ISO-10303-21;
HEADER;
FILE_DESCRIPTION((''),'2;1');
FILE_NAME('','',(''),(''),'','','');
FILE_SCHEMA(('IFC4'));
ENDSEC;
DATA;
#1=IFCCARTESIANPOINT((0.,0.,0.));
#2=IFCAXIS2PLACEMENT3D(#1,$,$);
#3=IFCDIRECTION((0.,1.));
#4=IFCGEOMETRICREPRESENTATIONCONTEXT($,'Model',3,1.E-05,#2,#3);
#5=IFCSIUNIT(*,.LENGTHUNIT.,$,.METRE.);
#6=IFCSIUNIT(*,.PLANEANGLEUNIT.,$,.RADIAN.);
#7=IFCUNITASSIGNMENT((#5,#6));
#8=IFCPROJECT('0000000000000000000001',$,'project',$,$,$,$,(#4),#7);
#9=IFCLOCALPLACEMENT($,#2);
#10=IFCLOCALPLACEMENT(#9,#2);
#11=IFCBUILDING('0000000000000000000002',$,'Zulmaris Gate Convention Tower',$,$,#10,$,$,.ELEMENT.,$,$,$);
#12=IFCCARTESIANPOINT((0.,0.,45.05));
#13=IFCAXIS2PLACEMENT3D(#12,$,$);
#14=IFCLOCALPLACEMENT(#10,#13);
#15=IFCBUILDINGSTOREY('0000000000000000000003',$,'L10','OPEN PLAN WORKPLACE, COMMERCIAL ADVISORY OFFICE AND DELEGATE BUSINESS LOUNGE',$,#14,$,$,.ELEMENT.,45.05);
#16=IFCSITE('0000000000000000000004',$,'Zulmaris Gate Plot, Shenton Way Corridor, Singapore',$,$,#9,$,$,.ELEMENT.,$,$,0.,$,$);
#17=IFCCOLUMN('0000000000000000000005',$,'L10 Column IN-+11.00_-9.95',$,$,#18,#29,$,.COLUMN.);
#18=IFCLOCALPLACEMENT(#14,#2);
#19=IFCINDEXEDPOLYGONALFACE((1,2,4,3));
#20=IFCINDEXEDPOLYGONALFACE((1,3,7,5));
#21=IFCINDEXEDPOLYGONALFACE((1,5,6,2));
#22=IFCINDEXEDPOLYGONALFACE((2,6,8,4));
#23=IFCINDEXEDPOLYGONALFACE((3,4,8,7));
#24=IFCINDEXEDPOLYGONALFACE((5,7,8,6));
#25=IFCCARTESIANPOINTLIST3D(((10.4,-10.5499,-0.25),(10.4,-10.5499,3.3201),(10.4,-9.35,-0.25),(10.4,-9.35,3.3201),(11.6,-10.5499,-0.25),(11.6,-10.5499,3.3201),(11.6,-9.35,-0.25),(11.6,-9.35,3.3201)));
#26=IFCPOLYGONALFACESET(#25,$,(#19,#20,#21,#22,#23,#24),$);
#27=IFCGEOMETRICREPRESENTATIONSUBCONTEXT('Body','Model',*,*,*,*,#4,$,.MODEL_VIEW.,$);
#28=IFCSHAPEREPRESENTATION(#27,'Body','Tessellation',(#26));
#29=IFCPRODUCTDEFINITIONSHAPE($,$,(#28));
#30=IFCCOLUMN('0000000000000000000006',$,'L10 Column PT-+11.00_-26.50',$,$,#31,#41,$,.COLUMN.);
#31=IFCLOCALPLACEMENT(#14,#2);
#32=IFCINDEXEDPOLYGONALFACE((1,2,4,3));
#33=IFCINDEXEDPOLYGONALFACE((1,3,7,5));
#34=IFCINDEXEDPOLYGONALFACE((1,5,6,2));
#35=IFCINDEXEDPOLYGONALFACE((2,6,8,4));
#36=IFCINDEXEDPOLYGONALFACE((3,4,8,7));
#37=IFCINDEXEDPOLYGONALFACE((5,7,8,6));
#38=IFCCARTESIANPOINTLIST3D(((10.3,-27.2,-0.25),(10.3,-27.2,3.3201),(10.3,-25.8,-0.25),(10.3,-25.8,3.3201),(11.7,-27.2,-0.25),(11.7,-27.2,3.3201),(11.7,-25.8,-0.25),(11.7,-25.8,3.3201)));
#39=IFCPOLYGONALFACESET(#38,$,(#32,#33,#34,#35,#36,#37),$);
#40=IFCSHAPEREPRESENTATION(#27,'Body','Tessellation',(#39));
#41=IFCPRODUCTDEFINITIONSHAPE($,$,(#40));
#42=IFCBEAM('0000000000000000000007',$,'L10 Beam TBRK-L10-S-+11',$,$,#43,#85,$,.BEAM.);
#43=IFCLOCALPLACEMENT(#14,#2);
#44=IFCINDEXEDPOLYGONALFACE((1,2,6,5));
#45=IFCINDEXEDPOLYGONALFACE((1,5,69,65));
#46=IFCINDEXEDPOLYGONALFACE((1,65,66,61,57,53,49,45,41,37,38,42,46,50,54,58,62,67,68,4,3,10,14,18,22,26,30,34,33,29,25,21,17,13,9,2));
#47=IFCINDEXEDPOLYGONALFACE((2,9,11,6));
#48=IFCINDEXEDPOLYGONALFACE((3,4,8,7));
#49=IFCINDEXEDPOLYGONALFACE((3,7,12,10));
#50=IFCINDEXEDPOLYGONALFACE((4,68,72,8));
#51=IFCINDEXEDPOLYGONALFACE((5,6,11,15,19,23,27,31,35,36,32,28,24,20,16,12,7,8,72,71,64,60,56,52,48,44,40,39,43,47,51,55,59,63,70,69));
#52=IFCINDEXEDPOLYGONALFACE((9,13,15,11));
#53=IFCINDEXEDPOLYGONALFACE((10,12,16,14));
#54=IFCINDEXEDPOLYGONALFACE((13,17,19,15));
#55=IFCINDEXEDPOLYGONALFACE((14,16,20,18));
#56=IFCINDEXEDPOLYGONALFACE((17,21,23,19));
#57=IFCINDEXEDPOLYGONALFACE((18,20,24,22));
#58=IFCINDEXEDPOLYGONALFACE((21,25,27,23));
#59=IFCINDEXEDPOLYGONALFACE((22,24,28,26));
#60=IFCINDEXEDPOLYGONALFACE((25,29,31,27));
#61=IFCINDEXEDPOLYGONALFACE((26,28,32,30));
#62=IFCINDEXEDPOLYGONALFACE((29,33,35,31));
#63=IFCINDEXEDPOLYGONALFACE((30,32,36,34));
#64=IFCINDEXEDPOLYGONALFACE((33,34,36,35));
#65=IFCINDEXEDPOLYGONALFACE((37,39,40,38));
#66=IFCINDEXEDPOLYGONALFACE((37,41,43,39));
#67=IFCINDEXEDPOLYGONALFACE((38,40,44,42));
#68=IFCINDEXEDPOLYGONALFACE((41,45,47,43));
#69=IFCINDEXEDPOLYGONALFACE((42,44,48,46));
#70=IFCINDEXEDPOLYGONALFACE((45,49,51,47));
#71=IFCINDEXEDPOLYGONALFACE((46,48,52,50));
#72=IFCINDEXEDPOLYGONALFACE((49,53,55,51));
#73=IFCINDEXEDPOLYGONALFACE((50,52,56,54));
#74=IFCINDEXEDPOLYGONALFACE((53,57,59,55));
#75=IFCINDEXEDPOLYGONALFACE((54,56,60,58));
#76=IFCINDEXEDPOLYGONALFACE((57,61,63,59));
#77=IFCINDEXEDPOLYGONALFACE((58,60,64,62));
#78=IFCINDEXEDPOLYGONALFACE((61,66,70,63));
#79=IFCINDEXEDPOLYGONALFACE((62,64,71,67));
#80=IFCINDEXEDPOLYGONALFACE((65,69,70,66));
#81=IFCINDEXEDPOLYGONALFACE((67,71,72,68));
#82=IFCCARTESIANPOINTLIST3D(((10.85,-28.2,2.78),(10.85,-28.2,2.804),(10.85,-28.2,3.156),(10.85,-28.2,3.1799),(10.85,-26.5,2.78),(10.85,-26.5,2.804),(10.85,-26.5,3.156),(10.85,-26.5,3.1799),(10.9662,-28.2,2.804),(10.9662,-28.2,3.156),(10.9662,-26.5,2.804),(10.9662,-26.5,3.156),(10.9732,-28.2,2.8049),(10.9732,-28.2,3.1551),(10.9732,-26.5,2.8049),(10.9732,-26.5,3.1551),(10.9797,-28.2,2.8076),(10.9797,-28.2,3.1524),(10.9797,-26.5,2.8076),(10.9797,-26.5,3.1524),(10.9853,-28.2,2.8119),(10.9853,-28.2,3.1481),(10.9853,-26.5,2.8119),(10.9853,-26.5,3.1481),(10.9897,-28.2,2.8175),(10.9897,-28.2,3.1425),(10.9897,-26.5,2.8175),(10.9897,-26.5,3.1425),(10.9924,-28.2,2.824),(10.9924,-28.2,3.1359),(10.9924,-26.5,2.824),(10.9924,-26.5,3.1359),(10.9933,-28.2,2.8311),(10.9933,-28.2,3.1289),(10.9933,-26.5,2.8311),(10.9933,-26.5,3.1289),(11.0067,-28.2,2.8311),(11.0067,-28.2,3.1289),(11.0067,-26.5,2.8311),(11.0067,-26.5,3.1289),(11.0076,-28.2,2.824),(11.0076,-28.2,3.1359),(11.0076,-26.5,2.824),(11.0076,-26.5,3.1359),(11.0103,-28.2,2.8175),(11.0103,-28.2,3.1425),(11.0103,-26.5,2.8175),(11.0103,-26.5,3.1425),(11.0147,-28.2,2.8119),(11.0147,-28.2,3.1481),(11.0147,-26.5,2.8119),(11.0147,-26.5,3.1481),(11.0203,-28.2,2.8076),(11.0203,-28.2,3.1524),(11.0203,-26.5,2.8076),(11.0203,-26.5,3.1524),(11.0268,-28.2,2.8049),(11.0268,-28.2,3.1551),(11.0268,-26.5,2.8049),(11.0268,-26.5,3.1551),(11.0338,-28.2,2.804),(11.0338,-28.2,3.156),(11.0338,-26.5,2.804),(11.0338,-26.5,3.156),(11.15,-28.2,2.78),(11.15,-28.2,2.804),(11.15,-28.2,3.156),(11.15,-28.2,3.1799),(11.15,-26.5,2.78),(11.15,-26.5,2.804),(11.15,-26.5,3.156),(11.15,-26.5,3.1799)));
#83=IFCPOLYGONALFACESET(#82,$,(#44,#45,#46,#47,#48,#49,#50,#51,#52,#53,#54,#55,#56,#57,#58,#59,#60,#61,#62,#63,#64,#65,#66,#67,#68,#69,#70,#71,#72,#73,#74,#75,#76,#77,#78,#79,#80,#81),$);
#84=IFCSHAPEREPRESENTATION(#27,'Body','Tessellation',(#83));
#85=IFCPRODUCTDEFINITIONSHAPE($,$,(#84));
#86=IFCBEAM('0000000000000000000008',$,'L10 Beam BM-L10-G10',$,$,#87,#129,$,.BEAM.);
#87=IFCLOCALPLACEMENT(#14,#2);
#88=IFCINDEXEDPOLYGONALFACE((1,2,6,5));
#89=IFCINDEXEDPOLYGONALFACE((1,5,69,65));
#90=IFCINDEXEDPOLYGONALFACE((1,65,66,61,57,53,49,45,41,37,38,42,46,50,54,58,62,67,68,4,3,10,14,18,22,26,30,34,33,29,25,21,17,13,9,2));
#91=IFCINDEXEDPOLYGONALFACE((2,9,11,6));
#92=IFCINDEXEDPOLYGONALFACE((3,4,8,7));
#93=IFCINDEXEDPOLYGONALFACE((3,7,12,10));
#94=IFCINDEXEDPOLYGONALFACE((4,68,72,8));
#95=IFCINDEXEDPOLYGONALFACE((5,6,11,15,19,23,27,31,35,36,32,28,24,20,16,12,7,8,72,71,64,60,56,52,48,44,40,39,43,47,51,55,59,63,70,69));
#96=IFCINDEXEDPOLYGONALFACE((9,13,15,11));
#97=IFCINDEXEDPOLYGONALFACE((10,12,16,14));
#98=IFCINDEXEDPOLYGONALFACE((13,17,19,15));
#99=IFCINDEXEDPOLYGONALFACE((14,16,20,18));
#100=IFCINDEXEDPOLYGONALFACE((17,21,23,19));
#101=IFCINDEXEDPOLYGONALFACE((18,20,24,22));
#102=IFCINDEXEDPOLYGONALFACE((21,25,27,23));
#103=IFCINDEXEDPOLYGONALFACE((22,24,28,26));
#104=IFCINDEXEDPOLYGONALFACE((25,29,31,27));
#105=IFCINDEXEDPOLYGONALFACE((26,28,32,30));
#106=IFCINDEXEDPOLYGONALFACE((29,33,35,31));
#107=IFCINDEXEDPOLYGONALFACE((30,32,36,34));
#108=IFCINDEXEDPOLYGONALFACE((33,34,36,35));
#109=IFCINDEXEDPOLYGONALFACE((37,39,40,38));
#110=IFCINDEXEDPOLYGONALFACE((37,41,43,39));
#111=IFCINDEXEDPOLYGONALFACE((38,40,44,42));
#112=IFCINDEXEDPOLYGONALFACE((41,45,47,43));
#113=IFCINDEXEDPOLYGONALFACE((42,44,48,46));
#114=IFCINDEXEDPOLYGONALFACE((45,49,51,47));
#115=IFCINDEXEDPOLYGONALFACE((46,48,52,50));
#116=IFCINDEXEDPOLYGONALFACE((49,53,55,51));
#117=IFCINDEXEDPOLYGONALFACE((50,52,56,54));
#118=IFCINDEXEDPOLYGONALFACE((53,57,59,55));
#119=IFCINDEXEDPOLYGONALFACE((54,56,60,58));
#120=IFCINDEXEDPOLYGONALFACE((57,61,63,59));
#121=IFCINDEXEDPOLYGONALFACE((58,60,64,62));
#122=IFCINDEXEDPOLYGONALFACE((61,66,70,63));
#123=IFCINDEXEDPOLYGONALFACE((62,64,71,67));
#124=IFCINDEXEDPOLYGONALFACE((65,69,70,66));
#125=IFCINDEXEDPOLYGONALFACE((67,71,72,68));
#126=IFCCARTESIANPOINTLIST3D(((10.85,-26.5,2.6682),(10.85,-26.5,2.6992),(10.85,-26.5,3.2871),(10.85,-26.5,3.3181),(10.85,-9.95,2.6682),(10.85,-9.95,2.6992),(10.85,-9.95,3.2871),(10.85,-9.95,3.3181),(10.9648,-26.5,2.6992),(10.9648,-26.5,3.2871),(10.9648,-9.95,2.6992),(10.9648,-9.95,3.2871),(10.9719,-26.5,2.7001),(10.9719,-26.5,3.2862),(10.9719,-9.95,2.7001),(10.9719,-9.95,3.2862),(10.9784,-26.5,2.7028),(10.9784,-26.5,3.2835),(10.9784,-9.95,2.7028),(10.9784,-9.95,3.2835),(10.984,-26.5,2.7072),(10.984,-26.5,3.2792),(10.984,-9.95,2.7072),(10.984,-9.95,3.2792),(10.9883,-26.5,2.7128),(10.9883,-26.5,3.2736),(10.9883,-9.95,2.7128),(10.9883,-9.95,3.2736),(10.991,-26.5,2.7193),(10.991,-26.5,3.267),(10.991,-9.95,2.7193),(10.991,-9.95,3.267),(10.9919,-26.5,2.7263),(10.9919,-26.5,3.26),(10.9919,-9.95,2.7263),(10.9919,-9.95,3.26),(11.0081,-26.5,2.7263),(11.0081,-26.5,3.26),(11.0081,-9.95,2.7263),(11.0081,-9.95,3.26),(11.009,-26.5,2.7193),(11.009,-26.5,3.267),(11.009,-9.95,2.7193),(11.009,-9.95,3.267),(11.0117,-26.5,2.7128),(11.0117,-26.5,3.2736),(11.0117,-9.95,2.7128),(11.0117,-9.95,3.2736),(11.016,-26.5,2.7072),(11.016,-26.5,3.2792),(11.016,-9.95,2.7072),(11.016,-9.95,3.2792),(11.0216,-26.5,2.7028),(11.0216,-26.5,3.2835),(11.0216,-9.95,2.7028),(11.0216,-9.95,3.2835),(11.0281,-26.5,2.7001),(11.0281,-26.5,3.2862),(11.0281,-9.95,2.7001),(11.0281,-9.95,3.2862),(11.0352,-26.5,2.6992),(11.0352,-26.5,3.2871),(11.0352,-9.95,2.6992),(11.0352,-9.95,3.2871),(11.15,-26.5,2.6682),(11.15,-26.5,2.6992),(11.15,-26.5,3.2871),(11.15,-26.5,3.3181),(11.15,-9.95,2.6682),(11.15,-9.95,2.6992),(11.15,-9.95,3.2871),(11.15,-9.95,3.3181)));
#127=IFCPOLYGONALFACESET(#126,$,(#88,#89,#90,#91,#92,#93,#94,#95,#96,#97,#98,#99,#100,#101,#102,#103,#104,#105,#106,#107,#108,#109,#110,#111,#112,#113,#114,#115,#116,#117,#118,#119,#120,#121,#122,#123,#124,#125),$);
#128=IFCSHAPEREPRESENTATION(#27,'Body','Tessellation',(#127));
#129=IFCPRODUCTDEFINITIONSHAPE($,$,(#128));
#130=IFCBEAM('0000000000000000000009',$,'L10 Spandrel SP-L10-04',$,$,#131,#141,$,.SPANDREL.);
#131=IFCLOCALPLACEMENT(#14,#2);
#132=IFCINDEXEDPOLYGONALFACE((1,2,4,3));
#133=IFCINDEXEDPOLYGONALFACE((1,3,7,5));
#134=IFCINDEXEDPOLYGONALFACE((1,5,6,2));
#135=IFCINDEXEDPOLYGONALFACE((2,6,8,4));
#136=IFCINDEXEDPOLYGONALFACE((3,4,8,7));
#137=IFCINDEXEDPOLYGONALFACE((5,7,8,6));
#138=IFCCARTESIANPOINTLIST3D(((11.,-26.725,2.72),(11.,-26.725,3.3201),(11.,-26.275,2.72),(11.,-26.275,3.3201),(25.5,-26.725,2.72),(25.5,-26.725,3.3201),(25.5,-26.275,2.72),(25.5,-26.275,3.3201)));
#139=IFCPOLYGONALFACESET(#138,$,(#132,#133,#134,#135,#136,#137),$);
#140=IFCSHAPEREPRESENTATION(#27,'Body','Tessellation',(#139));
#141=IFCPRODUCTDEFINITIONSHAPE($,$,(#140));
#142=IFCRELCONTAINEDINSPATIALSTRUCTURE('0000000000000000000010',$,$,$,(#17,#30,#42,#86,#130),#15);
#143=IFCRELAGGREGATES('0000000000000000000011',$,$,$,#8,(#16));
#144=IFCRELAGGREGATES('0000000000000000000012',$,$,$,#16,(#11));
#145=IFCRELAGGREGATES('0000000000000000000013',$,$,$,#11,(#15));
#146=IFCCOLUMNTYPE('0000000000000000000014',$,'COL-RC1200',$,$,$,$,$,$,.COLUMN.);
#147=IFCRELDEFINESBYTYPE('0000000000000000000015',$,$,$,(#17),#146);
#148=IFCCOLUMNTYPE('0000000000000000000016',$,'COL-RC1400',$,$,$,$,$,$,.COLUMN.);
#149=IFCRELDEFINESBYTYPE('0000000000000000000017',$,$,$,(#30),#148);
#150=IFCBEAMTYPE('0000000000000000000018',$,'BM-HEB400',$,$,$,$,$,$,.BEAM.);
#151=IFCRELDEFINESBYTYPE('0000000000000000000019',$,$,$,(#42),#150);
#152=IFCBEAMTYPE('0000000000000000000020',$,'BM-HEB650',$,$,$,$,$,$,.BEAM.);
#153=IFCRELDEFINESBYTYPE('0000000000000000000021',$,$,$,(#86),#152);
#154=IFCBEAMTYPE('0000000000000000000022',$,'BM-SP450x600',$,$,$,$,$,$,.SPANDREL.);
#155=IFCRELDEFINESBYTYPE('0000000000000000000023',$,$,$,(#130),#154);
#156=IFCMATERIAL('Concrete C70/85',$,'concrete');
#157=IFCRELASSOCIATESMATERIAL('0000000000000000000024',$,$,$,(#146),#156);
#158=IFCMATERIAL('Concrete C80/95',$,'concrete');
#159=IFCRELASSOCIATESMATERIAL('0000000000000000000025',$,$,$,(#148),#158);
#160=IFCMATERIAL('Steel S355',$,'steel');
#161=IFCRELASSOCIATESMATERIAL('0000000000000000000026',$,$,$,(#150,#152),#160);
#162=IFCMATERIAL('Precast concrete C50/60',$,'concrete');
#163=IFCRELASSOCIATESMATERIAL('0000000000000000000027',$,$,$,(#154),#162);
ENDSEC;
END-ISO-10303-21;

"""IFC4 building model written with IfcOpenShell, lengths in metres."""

from ifc_helpers import new_model, si_unit, direction, frame, origin, origin_2d, place, context, subcontext, project, spatial, rectangle, i_section, extrude, material, material_profile, profile_set, type_object, element, save


model = new_model("IFC4")

# Units and contexts
model_context = context("Model", 3, precision=1e-05, world=origin(), true_north=direction((0.0, 1.0)))
body_context = subcontext(model_context, "Body", "Model", "MODEL_VIEW")
ifc_project = project(units=[si_unit("LENGTHUNIT", "METRE"), si_unit("PLANEANGLEUNIT", "RADIAN")], contexts=[model_context])

# Site, building, storey
site_placement = place(None, origin())
site = spatial("IfcSite", under=ifc_project, at=site_placement, Name="Zulmaris Gate Plot, Shenton Way Corridor, Singapore", CompositionType="ELEMENT", RefElevation=0.0)
building_placement = place(site_placement, origin())
building = spatial("IfcBuilding", under=site, at=building_placement, Name="Zulmaris Gate Convention Tower", CompositionType="ELEMENT")
storey_placement = place(building_placement, frame((0.0, 0.0, 45.05)))
storey = spatial("IfcBuildingStorey", under=building, at=storey_placement, Name="L10", Description="OPEN PLAN WORKPLACE, COMMERCIAL ADVISORY OFFICE AND DELEGATE BUSINESS LOUNGE", CompositionType="ELEMENT", Elevation=45.05)

# Columns
ifc_material_1 = material(Name="Concrete C70/85", Category="concrete")
ifc_material_profile_1 = material_profile(ifc_material_1, rectangle(XDim=1.2, YDim=1.2, at=origin_2d()), Name="RC COL 1200x1200")
ifc_profile_set_1 = profile_set([ifc_material_profile_1], Name="Concrete C70/85")
column_type_1 = type_object("IfcColumnType", Name="COL-RC1200", PredefinedType="COLUMN", material=ifc_profile_set_1)
column_1_placement = place(storey_placement, frame((11.0, -9.95, -0.25), z_axis=(0.0, 0.0, 1.0), x_axis=(1.0, 0.0, 0.0)))
element("IfcColumn", 1, at=column_1_placement, inside=storey, type_object=column_type_1, Name="L10 Column IN-+11.00_-9.95", PredefinedType="COLUMN", context=body_context, shape_type="SweptSolid", body=[
    extrude(rectangle(XDim=1.2, YDim=1.2, at=origin_2d()), origin(), (0.0, 0.0, 1.0), 3.5701),
])
ifc_material_2 = material(Name="Concrete C80/95", Category="concrete")
ifc_material_profile_2 = material_profile(ifc_material_2, rectangle(XDim=1.3999, YDim=1.3999, at=origin_2d()), Name="RC COL 1400x1400")
ifc_profile_set_2 = profile_set([ifc_material_profile_2], Name="Concrete C80/95")
column_type_2 = type_object("IfcColumnType", Name="COL-RC1400", PredefinedType="COLUMN", material=ifc_profile_set_2)
column_2_placement = place(storey_placement, frame((11.0, -26.5, -0.25), z_axis=(0.0, 0.0, 1.0), x_axis=(1.0, 0.0, 0.0)))
element("IfcColumn", 2, at=column_2_placement, inside=storey, type_object=column_type_2, Name="L10 Column PT-+11.00_-26.50", PredefinedType="COLUMN", context=body_context, shape_type="SweptSolid", body=[
    extrude(rectangle(XDim=1.3999, YDim=1.3999, at=origin_2d()), origin(), (0.0, 0.0, 1.0), 3.5701),
])

# Beams
ifc_material_3 = material(Name="Steel S355", Category="steel")
ifc_material_profile_3 = material_profile(ifc_material_3, i_section(OverallWidth=0.3, OverallDepth=0.3999, WebThickness=0.0134, FlangeThickness=0.0239, FilletRadius=0.0271, at=origin_2d()), Name="HEB 400")
ifc_profile_set_3 = profile_set([ifc_material_profile_3], Name="Steel S355")
beam_type_1 = type_object("IfcBeamType", Name="BM-HEB400", PredefinedType="BEAM", material=ifc_profile_set_3)
beam_1_placement = place(storey_placement, frame((11.0, -28.2, 2.98), z_axis=(0.0, 1.0, 0.0), x_axis=(-1.0, 0.0, 0.0)))
element("IfcBeam", 3, at=beam_1_placement, inside=storey, type_object=beam_type_1, Name="L10 Beam TBRK-L10-S-+11", PredefinedType="BEAM", context=body_context, shape_type="SweptSolid", body=[
    extrude(i_section(OverallWidth=0.3, OverallDepth=0.3999, WebThickness=0.0134, FlangeThickness=0.0239, FilletRadius=0.0271, at=origin_2d()), origin(), (0.0, 0.0, 1.0), 1.7),
])
ifc_material_profile_4 = material_profile(ifc_material_3, i_section(OverallWidth=0.3, OverallDepth=0.6499, WebThickness=0.0161, FlangeThickness=0.031, FilletRadius=0.0271, at=origin_2d()), Name="HEB 650")
ifc_profile_set_4 = profile_set([ifc_material_profile_4], Name="Steel S355")
beam_type_2 = type_object("IfcBeamType", Name="BM-HEB650", PredefinedType="BEAM", material=ifc_profile_set_4)
beam_2_placement = place(storey_placement, frame((11.0, -26.5, 2.9932), z_axis=(0.0, 1.0, 0.0), x_axis=(-1.0, 0.0, 0.0)))
element("IfcBeam", 4, at=beam_2_placement, inside=storey, type_object=beam_type_2, Name="L10 Beam BM-L10-G10", PredefinedType="BEAM", context=body_context, shape_type="SweptSolid", body=[
    extrude(i_section(OverallWidth=0.3, OverallDepth=0.6499, WebThickness=0.0161, FlangeThickness=0.031, FilletRadius=0.0271, at=origin_2d()), origin(), (0.0, 0.0, 1.0), 16.55),
])
ifc_material_4 = material(Name="Precast concrete C50/60", Category="concrete")
ifc_material_profile_5 = material_profile(ifc_material_4, rectangle(XDim=0.45, YDim=0.6001, at=origin_2d()), Name="RC SPANDREL 450x600")
ifc_profile_set_5 = profile_set([ifc_material_profile_5], Name="Precast concrete C50/60")
beam_type_3 = type_object("IfcBeamType", Name="BM-SP450x600", PredefinedType="SPANDREL", material=ifc_profile_set_5)
beam_3_placement = place(storey_placement, frame((11.0, -26.5, 3.02), z_axis=(1.0, 0.0, 0.0), x_axis=(0.0, 1.0, 0.0)))
element("IfcBeam", 5, at=beam_3_placement, inside=storey, type_object=beam_type_3, Name="L10 Spandrel SP-L10-04", PredefinedType="SPANDREL", context=body_context, shape_type="SweptSolid", body=[
    extrude(rectangle(XDim=0.45, YDim=0.6001, at=origin_2d()), origin(), (0.0, 0.0, 1.0), 14.5),
])

save(model, "model.ifc")
